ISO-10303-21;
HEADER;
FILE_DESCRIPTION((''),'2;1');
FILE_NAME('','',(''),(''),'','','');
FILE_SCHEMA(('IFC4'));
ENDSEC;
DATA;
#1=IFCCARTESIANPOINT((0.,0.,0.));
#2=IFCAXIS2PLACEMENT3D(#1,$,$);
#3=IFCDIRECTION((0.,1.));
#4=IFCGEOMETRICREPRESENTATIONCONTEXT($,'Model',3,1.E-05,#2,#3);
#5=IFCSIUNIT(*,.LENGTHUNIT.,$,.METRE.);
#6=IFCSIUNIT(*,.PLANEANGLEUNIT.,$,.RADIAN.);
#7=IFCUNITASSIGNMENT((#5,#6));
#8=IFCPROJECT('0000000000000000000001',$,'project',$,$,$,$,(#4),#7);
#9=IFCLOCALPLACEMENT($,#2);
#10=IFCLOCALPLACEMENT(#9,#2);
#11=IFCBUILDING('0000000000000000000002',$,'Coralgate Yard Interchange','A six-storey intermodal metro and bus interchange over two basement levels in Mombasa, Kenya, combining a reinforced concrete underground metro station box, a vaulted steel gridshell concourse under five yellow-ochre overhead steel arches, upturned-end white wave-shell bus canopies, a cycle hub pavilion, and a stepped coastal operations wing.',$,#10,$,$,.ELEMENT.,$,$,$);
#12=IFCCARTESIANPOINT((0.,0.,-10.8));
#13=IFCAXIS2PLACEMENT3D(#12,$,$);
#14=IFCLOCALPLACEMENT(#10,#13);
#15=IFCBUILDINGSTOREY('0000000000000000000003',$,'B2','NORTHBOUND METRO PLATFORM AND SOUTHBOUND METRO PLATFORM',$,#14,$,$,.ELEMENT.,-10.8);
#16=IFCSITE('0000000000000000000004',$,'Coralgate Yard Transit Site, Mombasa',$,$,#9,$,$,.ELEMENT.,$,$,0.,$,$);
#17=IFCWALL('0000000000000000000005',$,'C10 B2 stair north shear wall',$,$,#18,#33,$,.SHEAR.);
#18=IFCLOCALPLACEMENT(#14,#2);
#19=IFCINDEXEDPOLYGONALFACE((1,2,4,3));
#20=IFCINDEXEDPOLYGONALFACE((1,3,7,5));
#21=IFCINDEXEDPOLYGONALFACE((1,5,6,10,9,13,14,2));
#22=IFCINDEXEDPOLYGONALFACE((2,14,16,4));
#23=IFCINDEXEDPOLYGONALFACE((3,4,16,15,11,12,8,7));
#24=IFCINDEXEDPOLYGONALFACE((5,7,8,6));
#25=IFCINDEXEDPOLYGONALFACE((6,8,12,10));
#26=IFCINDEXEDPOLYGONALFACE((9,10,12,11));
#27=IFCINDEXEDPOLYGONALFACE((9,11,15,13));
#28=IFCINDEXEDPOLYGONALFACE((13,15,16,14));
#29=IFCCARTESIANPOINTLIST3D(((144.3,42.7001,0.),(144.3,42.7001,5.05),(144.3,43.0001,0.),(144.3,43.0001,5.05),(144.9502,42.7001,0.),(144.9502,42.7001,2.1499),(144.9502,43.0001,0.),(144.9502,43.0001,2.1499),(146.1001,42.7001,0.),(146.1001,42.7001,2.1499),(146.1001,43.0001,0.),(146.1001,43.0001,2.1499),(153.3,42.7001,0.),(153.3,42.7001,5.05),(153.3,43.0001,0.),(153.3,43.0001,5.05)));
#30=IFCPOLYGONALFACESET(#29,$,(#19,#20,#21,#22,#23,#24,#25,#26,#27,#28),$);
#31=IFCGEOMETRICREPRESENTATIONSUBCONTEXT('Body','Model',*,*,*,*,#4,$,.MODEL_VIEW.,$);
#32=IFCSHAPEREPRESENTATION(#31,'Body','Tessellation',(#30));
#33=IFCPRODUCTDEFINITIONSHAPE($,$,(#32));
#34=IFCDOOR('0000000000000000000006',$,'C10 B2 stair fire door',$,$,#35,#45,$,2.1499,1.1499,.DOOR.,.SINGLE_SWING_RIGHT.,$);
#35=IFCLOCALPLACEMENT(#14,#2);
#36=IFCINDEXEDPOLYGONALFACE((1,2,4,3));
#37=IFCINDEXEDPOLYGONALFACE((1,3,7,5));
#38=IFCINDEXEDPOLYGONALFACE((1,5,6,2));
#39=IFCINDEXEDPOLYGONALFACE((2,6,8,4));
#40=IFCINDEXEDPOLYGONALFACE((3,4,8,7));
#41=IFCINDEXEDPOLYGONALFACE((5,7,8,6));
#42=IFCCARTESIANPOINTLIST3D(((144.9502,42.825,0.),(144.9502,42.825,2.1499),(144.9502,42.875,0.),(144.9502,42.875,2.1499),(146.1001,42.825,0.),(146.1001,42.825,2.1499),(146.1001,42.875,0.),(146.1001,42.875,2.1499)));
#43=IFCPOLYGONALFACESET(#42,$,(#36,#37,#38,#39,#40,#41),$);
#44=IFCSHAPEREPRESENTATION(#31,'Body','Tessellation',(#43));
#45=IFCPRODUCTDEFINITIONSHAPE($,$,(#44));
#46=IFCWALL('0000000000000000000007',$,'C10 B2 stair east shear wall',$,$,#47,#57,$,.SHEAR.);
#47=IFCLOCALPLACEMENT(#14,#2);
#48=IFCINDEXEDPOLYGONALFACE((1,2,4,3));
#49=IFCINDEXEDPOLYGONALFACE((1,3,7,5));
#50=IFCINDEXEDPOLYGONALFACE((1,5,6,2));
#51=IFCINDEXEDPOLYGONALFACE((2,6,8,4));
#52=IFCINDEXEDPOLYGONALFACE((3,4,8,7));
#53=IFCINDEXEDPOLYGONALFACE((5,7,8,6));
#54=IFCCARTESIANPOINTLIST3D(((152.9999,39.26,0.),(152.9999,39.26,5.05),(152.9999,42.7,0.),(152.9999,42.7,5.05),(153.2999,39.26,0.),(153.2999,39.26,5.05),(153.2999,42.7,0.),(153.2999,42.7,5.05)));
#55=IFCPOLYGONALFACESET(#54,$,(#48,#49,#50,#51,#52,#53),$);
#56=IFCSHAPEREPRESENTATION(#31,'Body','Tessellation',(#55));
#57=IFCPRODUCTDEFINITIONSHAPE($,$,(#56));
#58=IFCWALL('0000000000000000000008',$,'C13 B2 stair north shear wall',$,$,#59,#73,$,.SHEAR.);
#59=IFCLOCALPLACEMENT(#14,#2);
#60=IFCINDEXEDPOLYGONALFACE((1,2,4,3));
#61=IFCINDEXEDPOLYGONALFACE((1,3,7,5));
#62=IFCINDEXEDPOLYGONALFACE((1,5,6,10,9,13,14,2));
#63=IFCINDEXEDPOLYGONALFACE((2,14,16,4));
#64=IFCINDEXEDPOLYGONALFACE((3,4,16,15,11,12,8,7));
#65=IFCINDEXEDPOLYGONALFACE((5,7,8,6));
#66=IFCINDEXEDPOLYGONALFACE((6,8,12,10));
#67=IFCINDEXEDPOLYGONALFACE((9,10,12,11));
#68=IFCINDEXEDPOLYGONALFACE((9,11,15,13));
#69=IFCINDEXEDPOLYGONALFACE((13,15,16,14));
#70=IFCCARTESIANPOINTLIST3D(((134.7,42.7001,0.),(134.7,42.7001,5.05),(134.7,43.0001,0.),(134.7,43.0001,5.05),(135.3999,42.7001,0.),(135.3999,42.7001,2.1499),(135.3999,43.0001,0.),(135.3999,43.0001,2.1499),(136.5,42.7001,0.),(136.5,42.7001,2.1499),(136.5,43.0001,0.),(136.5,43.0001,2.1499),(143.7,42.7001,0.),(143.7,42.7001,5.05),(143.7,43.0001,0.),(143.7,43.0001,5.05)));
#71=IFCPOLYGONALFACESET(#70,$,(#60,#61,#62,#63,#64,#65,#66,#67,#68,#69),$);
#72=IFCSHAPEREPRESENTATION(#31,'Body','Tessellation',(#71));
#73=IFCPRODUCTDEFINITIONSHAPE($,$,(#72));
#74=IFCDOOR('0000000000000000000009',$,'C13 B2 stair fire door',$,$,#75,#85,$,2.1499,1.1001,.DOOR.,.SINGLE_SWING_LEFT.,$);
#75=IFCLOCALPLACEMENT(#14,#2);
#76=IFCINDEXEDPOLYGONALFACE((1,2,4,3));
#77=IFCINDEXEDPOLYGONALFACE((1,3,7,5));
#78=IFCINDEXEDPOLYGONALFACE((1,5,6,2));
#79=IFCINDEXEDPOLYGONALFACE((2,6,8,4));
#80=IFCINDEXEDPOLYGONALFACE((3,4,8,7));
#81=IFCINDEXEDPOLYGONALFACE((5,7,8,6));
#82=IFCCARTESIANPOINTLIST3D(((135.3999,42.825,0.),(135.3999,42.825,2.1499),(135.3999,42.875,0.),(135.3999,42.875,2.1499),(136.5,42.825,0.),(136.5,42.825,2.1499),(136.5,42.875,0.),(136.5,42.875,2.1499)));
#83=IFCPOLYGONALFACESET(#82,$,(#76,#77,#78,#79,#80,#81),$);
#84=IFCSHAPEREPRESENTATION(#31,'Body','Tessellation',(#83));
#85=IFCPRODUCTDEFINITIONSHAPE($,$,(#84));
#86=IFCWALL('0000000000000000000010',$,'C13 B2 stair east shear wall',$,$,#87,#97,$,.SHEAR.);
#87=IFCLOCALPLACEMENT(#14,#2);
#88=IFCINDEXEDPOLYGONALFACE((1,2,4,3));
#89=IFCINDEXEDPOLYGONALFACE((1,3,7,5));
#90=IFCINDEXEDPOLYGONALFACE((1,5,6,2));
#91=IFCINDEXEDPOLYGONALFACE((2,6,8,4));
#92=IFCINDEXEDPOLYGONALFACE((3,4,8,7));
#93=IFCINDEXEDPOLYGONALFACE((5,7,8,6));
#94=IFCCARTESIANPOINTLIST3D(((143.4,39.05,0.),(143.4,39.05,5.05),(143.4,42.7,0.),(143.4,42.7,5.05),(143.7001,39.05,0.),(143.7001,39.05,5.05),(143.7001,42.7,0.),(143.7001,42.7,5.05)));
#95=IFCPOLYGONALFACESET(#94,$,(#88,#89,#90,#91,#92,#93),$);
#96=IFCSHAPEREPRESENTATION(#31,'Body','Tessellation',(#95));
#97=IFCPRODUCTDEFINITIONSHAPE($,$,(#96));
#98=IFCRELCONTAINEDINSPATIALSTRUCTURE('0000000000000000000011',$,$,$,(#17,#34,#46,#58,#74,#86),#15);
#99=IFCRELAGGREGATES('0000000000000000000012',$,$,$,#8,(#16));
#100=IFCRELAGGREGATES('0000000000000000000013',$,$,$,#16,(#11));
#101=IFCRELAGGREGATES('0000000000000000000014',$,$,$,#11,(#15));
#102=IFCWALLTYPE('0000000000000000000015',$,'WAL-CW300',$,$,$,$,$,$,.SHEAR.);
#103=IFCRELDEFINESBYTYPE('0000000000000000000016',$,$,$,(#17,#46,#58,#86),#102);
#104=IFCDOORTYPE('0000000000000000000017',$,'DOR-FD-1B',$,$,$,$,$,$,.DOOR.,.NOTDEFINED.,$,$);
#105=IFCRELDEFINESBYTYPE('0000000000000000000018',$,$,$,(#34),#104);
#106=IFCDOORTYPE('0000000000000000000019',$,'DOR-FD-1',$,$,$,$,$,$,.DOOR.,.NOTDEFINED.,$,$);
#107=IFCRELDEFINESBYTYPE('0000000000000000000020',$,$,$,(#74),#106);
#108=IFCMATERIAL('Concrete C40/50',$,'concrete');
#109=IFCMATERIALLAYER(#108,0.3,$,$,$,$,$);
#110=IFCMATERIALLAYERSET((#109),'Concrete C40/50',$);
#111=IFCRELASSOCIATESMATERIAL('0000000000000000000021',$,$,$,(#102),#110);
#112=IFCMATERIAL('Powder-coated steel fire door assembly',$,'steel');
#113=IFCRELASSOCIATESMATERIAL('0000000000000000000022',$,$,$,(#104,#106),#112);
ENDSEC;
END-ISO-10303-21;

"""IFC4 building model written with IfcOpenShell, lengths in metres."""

from ifc_helpers import new_model, si_unit, direction, frame, frame_2d, origin, place, context, subcontext, project, spatial, rectangle, extrude, material, layer, layer_set, type_object, element, fill, save


model = new_model("IFC4")

# Units and contexts
model_context = context("Model", 3, precision=1e-05, world=origin(), true_north=direction((0.0, 1.0)))
body_context = subcontext(model_context, "Body", "Model", "MODEL_VIEW")
ifc_project = project(units=[si_unit("LENGTHUNIT", "METRE"), si_unit("PLANEANGLEUNIT", "RADIAN")], contexts=[model_context])

# Site, building, storey
site_placement = place(None, origin())
site = spatial("IfcSite", under=ifc_project, at=site_placement, Name="Coralgate Yard Transit Site, Mombasa", CompositionType="ELEMENT", RefElevation=0.0)
building_placement = place(site_placement, origin())
building = spatial("IfcBuilding", under=site, at=building_placement, Name="Coralgate Yard Interchange", Description="A six-storey intermodal metro and bus interchange over two basement levels in Mombasa, Kenya, combining a reinforced concrete underground metro station box, a vaulted steel gridshell concourse under five yellow-ochre overhead steel arches, upturned-end white wave-shell bus canopies, a cycle hub pavilion, and a stepped coastal operations wing.", CompositionType="ELEMENT")
storey_placement = place(building_placement, frame((0.0, 0.0, -10.8)))
storey = spatial("IfcBuildingStorey", under=building, at=storey_placement, Name="B2", Description="NORTHBOUND METRO PLATFORM AND SOUTHBOUND METRO PLATFORM", CompositionType="ELEMENT", Elevation=-10.8)

# Shared definitions
ifc_material_1 = material(Name="Concrete C40/50", Category="concrete")

# Wall, opening, door
ifc_layer = layer(ifc_material_1, 0.3)
ifc_layer_set = layer_set([ifc_layer], Name="Concrete C40/50")
wall_type = type_object("IfcWallType", Name="WAL-CW300", PredefinedType="SHEAR", material=ifc_layer_set)
wall_1_placement = place(storey_placement, frame((153.3, 42.8501, 0.0), z_axis=(0.0, 0.0, 1.0), x_axis=(-1.0, 0.0, 0.0)))
wall_1 = element("IfcWall", 1, at=wall_1_placement, inside=storey, type_object=wall_type, Name="C10 B2 stair north shear wall", PredefinedType="SHEAR", context=body_context, shape_type="SweptSolid", body=[
    extrude(rectangle(XDim=9.0, YDim=0.3, at=frame_2d((4.5, 0.0))), origin(), (0.0, 0.0, 1.0), 5.05),
])
opening_1_placement = place(wall_1_placement, frame((7.2, 0.0, 0.0)))
opening_1 = element("IfcOpeningElement", 2, at=opening_1_placement, cuts=wall_1, PredefinedType="OPENING", context=body_context, shape_type="SweptSolid", body=[
    extrude(rectangle(XDim=1.1499, YDim=2.1499, at=frame_2d((0.575, 1.075))), frame((0.0, 0.1599, 0.0), z_axis=(0.0, -1.0, 0.0), x_axis=(1.0, 0.0, 0.0)), (0.0, 0.0, 1.0), 0.3201),
])
ifc_material_2 = material(Name="Powder-coated steel fire door assembly", Category="steel")
door_type_1 = type_object("IfcDoorType", Name="DOR-FD-1B", OperationType="NOTDEFINED", PredefinedType="DOOR", material=ifc_material_2)
door_1_placement = place(opening_1_placement, frame((1.1499, 0.0, 0.0), z_axis=(0.0, 0.0, 1.0), x_axis=(-1.0, 0.0, 0.0)))
door_1 = element("IfcDoor", 3, at=door_1_placement, inside=storey, type_object=door_type_1, Name="C10 B2 stair fire door", OperationType="SINGLE_SWING_RIGHT", OverallHeight=2.1499, OverallWidth=1.1499, PredefinedType="DOOR", context=body_context, shape_type="SweptSolid", body=[
    extrude(rectangle(XDim=1.1499, YDim=2.1499, at=frame_2d((0.575, 1.075))), frame((0.0, 0.0249, 0.0), z_axis=(0.0, -1.0, 0.0), x_axis=(1.0, 0.0, 0.0)), (0.0, 0.0, 1.0), 0.05),
])
fill(opening_1, door_1)

# Wall
wall_2_placement = place(storey_placement, frame((153.1499, 42.7, 0.0), z_axis=(0.0, 0.0, 1.0), x_axis=(0.0, -1.0, 0.0)))
element("IfcWall", 4, at=wall_2_placement, inside=storey, type_object=wall_type, Name="C10 B2 stair east shear wall", PredefinedType="SHEAR", context=body_context, shape_type="SweptSolid", body=[
    extrude(rectangle(XDim=3.4399, YDim=0.3, at=frame_2d((1.72, 0.0))), origin(), (0.0, 0.0, 1.0), 5.05),
])

# Wall, opening, door
wall_3_placement = place(storey_placement, frame((143.7, 42.8501, 0.0), z_axis=(0.0, 0.0, 1.0), x_axis=(-1.0, 0.0, 0.0)))
wall_3 = element("IfcWall", 5, at=wall_3_placement, inside=storey, type_object=wall_type, Name="C13 B2 stair north shear wall", PredefinedType="SHEAR", context=body_context, shape_type="SweptSolid", body=[
    extrude(rectangle(XDim=9.0, YDim=0.3, at=frame_2d((4.5, 0.0))), origin(), (0.0, 0.0, 1.0), 5.05),
])
opening_2_placement = place(wall_3_placement, frame((7.2, 0.0, 0.0)))
opening_2 = element("IfcOpeningElement", 6, at=opening_2_placement, cuts=wall_3, PredefinedType="OPENING", context=body_context, shape_type="SweptSolid", body=[
    extrude(rectangle(XDim=1.1001, YDim=2.1499, at=frame_2d((0.55, 1.075))), frame((0.0, 0.1599, 0.0), z_axis=(0.0, -1.0, 0.0), x_axis=(1.0, 0.0, 0.0)), (0.0, 0.0, 1.0), 0.3201),
])
door_type_2 = type_object("IfcDoorType", Name="DOR-FD-1", OperationType="NOTDEFINED", PredefinedType="DOOR", material=ifc_material_2)
door_2_placement = place(opening_2_placement, frame((1.1001, 0.0, 0.0), z_axis=(0.0, 0.0, 1.0), x_axis=(-1.0, 0.0, 0.0)))
door_2 = element("IfcDoor", 7, at=door_2_placement, inside=storey, type_object=door_type_2, Name="C13 B2 stair fire door", OperationType="SINGLE_SWING_LEFT", OverallHeight=2.1499, OverallWidth=1.1001, PredefinedType="DOOR", context=body_context, shape_type="SweptSolid", body=[
    extrude(rectangle(XDim=1.1001, YDim=2.1499, at=frame_2d((0.55, 1.075))), frame((0.0, 0.0249, 0.0), z_axis=(0.0, -1.0, 0.0), x_axis=(1.0, 0.0, 0.0)), (0.0, 0.0, 1.0), 0.05),
])
fill(opening_2, door_2)

# Wall
wall_4_placement = place(storey_placement, frame((143.55, 42.7, 0.0), z_axis=(0.0, 0.0, 1.0), x_axis=(0.0, -1.0, 0.0)))
element("IfcWall", 8, at=wall_4_placement, inside=storey, type_object=wall_type, Name="C13 B2 stair east shear wall", PredefinedType="SHEAR", context=body_context, shape_type="SweptSolid", body=[
    extrude(rectangle(XDim=3.6499, YDim=0.3, at=frame_2d((1.825, 0.0))), origin(), (0.0, 0.0, 1.0), 5.05),
])

save(model, "model.ifc")
